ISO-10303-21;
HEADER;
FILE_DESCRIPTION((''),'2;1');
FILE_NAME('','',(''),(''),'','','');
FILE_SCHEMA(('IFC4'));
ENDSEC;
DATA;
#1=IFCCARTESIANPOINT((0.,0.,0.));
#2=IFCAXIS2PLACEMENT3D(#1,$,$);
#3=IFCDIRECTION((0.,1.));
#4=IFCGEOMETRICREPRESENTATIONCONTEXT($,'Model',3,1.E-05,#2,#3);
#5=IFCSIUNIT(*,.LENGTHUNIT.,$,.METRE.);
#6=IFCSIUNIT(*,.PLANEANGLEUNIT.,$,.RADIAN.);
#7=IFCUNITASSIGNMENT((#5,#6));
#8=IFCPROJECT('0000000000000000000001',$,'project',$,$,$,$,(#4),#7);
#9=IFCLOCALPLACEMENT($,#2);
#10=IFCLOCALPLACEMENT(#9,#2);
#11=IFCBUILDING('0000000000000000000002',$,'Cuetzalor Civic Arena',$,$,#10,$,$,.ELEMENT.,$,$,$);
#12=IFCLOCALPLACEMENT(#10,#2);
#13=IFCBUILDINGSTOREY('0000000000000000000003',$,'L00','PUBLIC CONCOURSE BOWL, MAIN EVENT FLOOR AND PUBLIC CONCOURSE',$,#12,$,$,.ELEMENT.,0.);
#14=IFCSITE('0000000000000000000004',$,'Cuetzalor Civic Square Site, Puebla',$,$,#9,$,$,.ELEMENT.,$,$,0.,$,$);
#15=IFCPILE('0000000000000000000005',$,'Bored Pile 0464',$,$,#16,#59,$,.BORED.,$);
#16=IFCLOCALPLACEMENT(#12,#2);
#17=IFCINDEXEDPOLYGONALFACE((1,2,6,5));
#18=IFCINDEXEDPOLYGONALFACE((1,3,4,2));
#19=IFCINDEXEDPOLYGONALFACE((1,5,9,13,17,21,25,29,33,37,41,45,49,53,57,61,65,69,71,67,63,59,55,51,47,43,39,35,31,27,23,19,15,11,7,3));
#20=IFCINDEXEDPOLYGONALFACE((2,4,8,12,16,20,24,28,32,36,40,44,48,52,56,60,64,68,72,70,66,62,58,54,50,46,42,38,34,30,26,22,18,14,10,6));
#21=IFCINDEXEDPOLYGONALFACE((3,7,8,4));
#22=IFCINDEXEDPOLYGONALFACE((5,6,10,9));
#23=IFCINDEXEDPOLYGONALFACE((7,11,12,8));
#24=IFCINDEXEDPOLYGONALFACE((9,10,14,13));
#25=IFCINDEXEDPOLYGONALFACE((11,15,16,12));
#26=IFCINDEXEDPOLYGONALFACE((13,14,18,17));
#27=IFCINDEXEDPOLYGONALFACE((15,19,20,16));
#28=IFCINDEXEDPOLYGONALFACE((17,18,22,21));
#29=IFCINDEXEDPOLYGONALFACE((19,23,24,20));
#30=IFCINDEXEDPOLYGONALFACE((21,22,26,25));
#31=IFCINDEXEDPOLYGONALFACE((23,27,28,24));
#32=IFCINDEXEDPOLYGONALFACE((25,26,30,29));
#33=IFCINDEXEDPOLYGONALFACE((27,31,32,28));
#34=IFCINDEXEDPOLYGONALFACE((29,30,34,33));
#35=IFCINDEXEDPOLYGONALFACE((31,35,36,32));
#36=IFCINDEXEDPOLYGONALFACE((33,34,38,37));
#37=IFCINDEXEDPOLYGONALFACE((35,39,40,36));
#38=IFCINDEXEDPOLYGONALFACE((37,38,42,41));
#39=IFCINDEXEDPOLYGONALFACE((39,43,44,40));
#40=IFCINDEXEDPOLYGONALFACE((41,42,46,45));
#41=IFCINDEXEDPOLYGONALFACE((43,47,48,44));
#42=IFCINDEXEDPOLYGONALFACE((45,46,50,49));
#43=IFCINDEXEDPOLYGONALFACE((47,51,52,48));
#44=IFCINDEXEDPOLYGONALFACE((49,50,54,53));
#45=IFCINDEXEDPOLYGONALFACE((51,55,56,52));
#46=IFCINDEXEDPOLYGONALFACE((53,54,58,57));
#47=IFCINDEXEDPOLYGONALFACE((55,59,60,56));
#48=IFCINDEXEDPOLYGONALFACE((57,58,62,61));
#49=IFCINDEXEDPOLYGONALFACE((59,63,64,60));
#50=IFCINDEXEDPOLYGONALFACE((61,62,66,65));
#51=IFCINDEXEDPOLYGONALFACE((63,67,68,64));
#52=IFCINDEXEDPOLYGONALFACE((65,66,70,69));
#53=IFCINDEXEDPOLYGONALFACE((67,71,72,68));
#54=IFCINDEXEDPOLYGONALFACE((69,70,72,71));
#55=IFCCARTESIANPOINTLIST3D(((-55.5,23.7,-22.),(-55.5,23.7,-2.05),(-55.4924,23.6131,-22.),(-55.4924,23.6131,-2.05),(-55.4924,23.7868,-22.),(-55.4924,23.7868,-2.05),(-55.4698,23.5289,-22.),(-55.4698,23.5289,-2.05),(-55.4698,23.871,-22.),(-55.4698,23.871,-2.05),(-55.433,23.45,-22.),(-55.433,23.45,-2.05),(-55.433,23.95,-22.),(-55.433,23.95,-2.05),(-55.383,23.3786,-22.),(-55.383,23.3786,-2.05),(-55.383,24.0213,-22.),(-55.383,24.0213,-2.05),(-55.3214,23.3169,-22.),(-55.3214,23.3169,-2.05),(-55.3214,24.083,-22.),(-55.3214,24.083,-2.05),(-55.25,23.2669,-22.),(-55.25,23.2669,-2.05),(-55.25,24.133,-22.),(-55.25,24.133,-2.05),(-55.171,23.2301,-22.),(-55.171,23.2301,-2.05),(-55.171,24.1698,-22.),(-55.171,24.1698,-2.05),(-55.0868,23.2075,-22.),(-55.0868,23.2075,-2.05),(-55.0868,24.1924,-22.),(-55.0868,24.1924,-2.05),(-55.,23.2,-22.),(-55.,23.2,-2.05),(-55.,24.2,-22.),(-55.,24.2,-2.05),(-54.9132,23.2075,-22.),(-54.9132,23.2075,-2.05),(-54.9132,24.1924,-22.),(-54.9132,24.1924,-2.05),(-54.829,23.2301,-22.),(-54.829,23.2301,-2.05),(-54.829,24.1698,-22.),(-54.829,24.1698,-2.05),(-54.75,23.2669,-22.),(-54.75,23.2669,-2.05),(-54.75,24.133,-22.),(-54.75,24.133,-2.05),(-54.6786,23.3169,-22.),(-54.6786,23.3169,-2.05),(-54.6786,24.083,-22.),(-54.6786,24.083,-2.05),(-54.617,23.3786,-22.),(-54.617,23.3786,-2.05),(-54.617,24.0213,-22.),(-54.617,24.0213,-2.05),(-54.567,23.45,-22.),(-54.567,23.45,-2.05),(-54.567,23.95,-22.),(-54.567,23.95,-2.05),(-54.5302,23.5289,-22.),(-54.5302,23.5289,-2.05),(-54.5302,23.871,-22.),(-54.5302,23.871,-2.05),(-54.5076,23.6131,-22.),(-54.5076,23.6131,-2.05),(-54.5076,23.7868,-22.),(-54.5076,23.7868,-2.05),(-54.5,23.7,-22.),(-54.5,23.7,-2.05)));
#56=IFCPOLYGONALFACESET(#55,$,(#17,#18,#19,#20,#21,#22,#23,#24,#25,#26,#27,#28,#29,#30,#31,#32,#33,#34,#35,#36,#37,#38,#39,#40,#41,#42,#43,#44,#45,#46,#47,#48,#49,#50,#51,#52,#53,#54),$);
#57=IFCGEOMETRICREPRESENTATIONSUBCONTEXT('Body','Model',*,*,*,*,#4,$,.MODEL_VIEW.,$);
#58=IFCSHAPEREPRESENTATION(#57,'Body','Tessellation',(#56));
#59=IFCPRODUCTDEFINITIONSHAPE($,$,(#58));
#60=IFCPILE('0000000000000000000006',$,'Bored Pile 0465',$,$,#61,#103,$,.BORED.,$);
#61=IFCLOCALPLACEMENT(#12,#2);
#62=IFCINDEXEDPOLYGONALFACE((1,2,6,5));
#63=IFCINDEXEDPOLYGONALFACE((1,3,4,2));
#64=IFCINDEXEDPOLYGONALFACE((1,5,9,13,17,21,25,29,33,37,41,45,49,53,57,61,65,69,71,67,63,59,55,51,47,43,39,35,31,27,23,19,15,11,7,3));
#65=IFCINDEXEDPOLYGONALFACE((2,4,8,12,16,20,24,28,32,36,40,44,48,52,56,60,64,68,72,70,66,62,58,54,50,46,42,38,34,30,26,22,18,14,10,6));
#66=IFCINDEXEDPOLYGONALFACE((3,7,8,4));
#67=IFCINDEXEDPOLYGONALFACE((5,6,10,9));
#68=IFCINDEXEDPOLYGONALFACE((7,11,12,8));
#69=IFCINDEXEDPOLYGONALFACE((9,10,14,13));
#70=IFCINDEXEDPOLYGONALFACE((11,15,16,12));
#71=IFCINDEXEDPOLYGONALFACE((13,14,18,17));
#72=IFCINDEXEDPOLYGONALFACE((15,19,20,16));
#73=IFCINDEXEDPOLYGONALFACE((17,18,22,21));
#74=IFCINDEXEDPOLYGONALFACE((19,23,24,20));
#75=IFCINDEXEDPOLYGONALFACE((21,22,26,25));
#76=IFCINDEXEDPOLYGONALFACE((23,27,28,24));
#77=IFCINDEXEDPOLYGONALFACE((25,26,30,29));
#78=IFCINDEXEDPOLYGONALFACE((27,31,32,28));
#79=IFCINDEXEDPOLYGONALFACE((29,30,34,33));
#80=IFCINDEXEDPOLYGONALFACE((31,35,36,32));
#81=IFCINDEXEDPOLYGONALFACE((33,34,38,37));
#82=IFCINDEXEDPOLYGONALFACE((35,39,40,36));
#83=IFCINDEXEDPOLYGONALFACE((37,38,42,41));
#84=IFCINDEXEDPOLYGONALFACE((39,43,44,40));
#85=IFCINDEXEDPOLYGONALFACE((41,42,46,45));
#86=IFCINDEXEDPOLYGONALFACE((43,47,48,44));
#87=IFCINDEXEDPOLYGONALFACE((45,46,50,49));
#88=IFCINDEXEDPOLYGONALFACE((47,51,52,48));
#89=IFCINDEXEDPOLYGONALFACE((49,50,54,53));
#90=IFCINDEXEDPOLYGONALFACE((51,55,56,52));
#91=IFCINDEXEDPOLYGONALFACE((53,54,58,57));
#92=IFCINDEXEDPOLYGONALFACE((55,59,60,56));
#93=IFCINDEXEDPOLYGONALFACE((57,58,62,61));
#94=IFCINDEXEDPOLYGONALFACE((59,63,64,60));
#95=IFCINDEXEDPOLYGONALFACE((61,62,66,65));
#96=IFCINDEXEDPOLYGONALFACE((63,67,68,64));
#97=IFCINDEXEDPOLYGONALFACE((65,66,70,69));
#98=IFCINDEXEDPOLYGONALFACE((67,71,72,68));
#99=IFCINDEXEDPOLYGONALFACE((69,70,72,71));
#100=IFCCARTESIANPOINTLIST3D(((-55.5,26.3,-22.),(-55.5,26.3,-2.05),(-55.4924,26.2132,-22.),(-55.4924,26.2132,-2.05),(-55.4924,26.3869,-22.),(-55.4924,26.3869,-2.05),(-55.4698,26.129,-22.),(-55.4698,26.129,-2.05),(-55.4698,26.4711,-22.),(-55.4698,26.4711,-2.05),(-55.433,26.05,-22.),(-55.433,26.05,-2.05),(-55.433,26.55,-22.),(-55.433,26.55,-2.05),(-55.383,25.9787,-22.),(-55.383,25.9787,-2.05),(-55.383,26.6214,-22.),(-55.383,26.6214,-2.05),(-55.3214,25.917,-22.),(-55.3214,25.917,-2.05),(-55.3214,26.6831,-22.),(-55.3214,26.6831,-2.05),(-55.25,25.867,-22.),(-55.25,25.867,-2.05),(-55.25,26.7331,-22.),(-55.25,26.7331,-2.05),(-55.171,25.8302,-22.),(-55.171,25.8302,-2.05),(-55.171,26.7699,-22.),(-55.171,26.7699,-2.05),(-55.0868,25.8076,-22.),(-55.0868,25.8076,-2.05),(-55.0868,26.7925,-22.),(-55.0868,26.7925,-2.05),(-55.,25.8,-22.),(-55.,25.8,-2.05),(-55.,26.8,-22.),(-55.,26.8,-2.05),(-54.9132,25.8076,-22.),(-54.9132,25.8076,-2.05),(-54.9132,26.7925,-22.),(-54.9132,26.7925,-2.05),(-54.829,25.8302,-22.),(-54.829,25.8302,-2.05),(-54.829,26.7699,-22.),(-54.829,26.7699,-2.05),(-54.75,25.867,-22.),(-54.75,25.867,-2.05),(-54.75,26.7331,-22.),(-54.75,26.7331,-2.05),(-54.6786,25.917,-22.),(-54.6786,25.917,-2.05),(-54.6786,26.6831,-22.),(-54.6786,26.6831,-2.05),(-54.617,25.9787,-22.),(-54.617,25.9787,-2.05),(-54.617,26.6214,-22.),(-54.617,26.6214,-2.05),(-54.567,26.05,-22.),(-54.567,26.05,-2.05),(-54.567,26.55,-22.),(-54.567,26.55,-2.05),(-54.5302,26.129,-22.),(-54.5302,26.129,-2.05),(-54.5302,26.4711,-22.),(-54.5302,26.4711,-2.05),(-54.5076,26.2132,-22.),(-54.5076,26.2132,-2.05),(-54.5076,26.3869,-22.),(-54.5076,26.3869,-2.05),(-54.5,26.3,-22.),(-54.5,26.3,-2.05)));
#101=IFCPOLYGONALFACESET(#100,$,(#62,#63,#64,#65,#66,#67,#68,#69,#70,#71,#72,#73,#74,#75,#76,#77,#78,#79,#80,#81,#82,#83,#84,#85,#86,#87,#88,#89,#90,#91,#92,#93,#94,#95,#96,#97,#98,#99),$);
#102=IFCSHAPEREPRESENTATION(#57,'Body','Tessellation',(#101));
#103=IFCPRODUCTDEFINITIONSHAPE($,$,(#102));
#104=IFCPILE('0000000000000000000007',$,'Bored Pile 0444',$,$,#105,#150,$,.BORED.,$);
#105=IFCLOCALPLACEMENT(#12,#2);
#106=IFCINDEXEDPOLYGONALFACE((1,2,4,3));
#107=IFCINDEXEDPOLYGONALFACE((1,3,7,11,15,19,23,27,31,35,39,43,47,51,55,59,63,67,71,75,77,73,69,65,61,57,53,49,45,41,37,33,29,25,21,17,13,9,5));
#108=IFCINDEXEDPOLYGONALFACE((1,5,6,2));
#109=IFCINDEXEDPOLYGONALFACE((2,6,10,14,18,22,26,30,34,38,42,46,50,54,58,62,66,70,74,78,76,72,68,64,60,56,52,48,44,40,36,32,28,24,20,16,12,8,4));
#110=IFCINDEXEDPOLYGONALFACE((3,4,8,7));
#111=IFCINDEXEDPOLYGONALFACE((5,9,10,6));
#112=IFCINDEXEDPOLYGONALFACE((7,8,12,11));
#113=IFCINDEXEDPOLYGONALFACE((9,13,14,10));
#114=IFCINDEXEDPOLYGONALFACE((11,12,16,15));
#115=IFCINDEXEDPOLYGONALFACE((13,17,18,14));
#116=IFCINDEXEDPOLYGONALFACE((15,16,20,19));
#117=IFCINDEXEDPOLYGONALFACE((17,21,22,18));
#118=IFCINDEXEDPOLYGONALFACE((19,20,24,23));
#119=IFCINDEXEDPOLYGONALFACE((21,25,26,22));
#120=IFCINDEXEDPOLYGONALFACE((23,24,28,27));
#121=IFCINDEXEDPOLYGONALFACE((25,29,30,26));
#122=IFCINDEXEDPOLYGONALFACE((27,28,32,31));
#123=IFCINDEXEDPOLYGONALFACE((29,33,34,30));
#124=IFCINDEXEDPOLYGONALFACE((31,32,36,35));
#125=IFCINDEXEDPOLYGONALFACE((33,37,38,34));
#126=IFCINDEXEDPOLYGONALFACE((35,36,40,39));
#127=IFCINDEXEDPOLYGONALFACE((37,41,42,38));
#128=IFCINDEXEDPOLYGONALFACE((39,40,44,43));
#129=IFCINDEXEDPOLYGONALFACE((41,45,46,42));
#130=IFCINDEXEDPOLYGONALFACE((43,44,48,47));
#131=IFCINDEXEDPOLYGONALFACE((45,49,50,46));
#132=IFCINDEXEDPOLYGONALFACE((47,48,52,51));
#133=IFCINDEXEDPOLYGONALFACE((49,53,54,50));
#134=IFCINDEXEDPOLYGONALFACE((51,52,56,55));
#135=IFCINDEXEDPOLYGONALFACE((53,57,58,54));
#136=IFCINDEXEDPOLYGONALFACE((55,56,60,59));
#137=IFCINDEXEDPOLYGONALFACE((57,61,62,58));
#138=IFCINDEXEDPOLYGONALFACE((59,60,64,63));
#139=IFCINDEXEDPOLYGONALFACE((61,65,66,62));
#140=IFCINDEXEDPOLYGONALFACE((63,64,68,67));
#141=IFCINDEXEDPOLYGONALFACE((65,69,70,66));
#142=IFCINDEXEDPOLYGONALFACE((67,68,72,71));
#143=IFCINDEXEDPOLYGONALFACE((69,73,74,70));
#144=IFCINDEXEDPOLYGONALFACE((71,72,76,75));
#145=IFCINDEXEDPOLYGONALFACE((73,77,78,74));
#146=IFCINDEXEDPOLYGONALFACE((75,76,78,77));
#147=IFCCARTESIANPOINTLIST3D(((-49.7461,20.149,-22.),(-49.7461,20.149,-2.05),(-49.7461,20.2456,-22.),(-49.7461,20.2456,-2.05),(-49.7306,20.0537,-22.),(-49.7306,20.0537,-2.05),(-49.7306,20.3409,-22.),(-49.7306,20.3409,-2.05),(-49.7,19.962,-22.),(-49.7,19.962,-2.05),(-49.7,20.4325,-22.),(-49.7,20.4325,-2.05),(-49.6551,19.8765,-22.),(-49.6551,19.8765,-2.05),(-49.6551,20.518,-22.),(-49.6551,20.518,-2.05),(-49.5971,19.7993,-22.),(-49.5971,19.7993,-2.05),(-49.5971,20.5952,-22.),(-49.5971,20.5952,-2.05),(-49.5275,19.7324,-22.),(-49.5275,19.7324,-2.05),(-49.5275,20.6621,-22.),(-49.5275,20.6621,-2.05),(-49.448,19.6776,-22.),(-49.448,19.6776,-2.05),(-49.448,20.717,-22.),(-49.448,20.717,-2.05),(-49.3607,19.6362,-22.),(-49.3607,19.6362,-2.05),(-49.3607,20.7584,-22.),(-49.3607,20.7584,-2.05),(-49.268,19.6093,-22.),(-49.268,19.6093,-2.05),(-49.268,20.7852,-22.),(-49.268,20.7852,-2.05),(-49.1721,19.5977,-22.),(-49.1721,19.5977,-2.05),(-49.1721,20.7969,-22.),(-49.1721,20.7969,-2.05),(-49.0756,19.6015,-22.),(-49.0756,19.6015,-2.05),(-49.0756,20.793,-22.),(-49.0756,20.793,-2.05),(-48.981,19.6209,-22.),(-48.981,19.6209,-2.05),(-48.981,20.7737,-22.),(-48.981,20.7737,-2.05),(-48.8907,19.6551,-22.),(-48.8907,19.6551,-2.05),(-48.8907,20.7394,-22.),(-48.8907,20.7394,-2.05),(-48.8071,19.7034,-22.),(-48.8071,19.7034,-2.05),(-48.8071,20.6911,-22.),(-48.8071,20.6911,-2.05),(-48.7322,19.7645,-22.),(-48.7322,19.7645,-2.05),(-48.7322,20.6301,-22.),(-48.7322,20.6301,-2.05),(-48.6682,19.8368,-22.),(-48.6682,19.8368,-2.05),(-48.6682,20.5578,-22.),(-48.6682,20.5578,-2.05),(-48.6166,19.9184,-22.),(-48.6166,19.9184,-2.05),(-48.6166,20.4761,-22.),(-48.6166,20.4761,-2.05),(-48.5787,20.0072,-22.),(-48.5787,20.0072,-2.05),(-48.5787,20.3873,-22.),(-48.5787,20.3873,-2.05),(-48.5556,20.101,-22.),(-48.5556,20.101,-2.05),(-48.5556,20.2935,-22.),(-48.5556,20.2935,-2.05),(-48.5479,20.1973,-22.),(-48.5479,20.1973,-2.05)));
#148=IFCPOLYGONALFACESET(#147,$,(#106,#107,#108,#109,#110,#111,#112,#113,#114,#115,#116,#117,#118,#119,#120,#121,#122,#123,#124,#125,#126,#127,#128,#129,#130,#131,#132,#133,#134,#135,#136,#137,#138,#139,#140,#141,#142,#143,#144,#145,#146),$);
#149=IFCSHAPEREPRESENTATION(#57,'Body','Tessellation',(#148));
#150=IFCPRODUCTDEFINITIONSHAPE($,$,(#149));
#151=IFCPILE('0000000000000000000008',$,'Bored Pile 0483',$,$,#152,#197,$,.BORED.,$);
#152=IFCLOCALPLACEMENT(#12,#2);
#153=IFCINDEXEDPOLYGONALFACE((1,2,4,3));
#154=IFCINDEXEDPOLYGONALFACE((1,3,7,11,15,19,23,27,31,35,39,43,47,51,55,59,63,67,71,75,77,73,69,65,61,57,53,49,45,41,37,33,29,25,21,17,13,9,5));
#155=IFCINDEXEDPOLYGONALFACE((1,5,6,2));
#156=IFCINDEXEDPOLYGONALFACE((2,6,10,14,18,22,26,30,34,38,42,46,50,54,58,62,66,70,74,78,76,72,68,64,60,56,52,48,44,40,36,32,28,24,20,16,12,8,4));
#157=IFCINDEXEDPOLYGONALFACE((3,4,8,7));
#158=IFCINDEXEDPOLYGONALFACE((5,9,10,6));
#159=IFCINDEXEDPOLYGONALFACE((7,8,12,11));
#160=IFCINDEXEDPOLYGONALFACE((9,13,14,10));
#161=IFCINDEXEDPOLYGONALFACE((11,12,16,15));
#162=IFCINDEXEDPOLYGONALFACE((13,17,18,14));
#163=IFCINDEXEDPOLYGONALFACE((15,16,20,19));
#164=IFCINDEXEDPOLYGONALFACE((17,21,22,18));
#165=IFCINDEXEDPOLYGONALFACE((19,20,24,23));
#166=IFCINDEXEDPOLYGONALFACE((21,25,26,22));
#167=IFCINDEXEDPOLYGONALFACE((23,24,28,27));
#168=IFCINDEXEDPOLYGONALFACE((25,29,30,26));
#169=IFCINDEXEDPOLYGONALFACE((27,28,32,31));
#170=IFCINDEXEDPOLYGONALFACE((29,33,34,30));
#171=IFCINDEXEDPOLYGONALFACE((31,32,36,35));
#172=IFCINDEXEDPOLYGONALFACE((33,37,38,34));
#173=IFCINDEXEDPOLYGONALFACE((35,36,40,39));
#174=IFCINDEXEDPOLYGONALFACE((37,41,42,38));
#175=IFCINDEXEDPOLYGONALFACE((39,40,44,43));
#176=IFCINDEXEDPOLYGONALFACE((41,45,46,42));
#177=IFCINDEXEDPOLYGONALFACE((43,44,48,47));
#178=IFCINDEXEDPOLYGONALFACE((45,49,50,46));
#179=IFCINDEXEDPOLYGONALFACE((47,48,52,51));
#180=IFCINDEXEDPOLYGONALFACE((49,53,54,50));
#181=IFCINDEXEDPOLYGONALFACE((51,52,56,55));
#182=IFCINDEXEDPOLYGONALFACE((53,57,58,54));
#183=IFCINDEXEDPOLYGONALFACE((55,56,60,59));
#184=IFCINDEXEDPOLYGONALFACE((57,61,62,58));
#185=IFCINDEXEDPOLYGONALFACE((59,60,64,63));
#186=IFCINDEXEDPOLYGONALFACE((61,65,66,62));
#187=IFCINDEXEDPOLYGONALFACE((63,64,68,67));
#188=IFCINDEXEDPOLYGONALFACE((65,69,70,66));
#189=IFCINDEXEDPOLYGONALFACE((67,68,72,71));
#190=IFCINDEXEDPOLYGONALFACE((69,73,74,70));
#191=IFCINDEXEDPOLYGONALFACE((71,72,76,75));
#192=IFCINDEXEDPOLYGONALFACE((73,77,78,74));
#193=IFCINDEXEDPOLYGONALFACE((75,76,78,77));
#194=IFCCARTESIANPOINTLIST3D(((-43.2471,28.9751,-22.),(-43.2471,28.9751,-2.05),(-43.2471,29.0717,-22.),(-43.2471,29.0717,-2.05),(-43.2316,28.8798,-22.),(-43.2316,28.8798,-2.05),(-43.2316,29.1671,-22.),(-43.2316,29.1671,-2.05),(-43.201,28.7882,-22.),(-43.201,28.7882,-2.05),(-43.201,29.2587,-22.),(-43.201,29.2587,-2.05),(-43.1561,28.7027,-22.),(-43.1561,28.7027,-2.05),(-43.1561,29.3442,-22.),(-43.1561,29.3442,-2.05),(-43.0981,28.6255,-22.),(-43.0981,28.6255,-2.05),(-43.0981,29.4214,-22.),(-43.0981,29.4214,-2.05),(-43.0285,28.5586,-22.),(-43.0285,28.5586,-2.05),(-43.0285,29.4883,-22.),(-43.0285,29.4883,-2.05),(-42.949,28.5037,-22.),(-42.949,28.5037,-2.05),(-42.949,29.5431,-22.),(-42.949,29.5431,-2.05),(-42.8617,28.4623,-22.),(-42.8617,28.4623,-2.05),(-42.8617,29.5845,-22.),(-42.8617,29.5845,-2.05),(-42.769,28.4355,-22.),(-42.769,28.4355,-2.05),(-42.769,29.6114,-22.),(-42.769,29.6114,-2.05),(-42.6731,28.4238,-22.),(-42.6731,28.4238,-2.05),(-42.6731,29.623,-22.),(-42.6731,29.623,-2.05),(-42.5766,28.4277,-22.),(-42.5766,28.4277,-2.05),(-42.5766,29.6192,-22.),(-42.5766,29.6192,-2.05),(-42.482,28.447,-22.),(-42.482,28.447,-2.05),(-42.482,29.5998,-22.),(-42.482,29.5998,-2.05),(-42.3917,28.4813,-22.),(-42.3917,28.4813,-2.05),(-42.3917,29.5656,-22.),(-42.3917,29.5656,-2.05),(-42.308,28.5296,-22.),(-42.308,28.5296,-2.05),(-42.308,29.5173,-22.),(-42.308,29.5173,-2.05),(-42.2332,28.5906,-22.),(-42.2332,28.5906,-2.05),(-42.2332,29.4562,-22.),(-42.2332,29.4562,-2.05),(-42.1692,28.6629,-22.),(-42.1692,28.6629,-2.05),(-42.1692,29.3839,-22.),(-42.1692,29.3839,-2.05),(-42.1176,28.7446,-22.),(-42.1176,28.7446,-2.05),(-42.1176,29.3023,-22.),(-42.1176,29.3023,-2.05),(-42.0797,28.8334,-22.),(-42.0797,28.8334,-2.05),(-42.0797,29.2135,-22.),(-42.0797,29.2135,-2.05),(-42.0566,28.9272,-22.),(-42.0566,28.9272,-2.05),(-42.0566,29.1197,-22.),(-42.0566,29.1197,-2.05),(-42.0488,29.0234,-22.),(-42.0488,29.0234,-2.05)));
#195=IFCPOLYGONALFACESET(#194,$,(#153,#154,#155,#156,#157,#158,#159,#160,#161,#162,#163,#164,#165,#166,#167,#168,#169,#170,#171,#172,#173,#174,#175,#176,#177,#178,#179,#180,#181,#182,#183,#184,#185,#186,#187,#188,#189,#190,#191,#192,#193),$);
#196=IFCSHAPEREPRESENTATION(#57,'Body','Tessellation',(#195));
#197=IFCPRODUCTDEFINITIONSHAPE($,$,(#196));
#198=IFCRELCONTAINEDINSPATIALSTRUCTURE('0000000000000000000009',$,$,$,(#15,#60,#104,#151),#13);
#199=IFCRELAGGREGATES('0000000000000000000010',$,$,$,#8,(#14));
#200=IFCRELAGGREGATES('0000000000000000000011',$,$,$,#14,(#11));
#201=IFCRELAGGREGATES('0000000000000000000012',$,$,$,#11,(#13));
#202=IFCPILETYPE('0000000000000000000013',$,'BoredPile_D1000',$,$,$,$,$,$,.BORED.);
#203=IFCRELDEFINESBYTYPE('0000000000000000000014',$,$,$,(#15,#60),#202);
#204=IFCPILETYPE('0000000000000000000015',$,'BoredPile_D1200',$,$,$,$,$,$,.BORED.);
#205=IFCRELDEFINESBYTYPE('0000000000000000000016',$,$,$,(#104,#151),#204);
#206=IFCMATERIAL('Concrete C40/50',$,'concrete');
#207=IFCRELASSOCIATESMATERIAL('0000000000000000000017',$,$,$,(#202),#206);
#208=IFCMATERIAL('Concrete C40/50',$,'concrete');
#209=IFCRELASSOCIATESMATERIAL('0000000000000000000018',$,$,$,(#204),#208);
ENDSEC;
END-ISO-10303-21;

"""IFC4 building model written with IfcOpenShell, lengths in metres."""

from ifc_helpers import new_model, si_unit, direction, frame, origin, origin_2d, place, context, subcontext, project, spatial, circle, extrude, material, material_profile, profile_set, type_object, element, save


model = new_model("IFC4")

# Units and contexts
model_context = context("Model", 3, precision=1e-05, world=origin(), true_north=direction((0.0, 1.0)))
body_context = subcontext(model_context, "Body", "Model", "MODEL_VIEW")
ifc_project = project(units=[si_unit("LENGTHUNIT", "METRE"), si_unit("PLANEANGLEUNIT", "RADIAN")], contexts=[model_context])

# Site, building, storey
site_placement = place(None, origin())
site = spatial("IfcSite", under=ifc_project, at=site_placement, Name="Cuetzalor Civic Square Site, Puebla", CompositionType="ELEMENT", RefElevation=0.0)
building_placement = place(site_placement, origin())
building = spatial("IfcBuilding", under=site, at=building_placement, Name="Cuetzalor Civic Arena", CompositionType="ELEMENT")
storey_placement = place(building_placement, origin())
storey = spatial("IfcBuildingStorey", under=building, at=storey_placement, Name="L00", Description="PUBLIC CONCOURSE BOWL, MAIN EVENT FLOOR AND PUBLIC CONCOURSE", CompositionType="ELEMENT", Elevation=0.0)

# Piles
ifc_material_1 = material(Name="Concrete C40/50", Category="concrete")
ifc_material_profile_1 = material_profile(ifc_material_1, circle(Radius=0.5, at=origin_2d()), Name="BORED PILE D1000")
ifc_profile_set_1 = profile_set([ifc_material_profile_1], Name="Concrete C40/50")
pile_type_1 = type_object("IfcPileType", Name="BoredPile_D1000", PredefinedType="BORED", material=ifc_profile_set_1)
for number, where, z_axis, x_axis, name in (
    (1, (-55.0, 23.7, -2.05), (0.0, 0.0, -1.0), (1.0, 0.0, 0.0), "Bored Pile 0464"),
    (2, (-55.0, 26.3, -2.05), (0.0, 0.0, -1.0), (1.0, 0.0, 0.0), "Bored Pile 0465"),
):
    element("IfcPile", number, at=place(storey_placement, frame(where, z_axis=z_axis, x_axis=x_axis)), inside=storey, type_object=pile_type_1, Name=name, PredefinedType="BORED", context=body_context, shape_type="SweptSolid", body=[
        extrude(circle(Radius=0.5, at=origin_2d()), origin(), (0.0, 0.0, 1.0), 19.95),
    ])
ifc_material_2 = material(Name="Concrete C40/50", Category="concrete")
ifc_material_profile_2 = material_profile(ifc_material_2, circle(Radius=0.6001, at=origin_2d()), Name="BORED PILE D1200")
ifc_profile_set_2 = profile_set([ifc_material_profile_2], Name="Concrete C40/50")
pile_type_2 = type_object("IfcPileType", Name="BoredPile_D1200", PredefinedType="BORED", material=ifc_profile_set_2)
for number, where, z_axis, x_axis, name in (
    (3, (-49.1479, 20.1973, -2.05), (0.0, 0.0, -1.0), (1.0, 0.0, 0.0), "Bored Pile 0444"),
    (4, (-42.6489, 29.0234, -2.05), (0.0, 0.0, -1.0), (1.0, 0.0, 0.0), "Bored Pile 0483"),
):
    element("IfcPile", number, at=place(storey_placement, frame(where, z_axis=z_axis, x_axis=x_axis)), inside=storey, type_object=pile_type_2, Name=name, PredefinedType="BORED", context=body_context, shape_type="SweptSolid", body=[
        extrude(circle(Radius=0.6001, at=origin_2d()), origin(), (0.0, 0.0, 1.0), 19.95),
    ])

save(model, "model.ifc")
